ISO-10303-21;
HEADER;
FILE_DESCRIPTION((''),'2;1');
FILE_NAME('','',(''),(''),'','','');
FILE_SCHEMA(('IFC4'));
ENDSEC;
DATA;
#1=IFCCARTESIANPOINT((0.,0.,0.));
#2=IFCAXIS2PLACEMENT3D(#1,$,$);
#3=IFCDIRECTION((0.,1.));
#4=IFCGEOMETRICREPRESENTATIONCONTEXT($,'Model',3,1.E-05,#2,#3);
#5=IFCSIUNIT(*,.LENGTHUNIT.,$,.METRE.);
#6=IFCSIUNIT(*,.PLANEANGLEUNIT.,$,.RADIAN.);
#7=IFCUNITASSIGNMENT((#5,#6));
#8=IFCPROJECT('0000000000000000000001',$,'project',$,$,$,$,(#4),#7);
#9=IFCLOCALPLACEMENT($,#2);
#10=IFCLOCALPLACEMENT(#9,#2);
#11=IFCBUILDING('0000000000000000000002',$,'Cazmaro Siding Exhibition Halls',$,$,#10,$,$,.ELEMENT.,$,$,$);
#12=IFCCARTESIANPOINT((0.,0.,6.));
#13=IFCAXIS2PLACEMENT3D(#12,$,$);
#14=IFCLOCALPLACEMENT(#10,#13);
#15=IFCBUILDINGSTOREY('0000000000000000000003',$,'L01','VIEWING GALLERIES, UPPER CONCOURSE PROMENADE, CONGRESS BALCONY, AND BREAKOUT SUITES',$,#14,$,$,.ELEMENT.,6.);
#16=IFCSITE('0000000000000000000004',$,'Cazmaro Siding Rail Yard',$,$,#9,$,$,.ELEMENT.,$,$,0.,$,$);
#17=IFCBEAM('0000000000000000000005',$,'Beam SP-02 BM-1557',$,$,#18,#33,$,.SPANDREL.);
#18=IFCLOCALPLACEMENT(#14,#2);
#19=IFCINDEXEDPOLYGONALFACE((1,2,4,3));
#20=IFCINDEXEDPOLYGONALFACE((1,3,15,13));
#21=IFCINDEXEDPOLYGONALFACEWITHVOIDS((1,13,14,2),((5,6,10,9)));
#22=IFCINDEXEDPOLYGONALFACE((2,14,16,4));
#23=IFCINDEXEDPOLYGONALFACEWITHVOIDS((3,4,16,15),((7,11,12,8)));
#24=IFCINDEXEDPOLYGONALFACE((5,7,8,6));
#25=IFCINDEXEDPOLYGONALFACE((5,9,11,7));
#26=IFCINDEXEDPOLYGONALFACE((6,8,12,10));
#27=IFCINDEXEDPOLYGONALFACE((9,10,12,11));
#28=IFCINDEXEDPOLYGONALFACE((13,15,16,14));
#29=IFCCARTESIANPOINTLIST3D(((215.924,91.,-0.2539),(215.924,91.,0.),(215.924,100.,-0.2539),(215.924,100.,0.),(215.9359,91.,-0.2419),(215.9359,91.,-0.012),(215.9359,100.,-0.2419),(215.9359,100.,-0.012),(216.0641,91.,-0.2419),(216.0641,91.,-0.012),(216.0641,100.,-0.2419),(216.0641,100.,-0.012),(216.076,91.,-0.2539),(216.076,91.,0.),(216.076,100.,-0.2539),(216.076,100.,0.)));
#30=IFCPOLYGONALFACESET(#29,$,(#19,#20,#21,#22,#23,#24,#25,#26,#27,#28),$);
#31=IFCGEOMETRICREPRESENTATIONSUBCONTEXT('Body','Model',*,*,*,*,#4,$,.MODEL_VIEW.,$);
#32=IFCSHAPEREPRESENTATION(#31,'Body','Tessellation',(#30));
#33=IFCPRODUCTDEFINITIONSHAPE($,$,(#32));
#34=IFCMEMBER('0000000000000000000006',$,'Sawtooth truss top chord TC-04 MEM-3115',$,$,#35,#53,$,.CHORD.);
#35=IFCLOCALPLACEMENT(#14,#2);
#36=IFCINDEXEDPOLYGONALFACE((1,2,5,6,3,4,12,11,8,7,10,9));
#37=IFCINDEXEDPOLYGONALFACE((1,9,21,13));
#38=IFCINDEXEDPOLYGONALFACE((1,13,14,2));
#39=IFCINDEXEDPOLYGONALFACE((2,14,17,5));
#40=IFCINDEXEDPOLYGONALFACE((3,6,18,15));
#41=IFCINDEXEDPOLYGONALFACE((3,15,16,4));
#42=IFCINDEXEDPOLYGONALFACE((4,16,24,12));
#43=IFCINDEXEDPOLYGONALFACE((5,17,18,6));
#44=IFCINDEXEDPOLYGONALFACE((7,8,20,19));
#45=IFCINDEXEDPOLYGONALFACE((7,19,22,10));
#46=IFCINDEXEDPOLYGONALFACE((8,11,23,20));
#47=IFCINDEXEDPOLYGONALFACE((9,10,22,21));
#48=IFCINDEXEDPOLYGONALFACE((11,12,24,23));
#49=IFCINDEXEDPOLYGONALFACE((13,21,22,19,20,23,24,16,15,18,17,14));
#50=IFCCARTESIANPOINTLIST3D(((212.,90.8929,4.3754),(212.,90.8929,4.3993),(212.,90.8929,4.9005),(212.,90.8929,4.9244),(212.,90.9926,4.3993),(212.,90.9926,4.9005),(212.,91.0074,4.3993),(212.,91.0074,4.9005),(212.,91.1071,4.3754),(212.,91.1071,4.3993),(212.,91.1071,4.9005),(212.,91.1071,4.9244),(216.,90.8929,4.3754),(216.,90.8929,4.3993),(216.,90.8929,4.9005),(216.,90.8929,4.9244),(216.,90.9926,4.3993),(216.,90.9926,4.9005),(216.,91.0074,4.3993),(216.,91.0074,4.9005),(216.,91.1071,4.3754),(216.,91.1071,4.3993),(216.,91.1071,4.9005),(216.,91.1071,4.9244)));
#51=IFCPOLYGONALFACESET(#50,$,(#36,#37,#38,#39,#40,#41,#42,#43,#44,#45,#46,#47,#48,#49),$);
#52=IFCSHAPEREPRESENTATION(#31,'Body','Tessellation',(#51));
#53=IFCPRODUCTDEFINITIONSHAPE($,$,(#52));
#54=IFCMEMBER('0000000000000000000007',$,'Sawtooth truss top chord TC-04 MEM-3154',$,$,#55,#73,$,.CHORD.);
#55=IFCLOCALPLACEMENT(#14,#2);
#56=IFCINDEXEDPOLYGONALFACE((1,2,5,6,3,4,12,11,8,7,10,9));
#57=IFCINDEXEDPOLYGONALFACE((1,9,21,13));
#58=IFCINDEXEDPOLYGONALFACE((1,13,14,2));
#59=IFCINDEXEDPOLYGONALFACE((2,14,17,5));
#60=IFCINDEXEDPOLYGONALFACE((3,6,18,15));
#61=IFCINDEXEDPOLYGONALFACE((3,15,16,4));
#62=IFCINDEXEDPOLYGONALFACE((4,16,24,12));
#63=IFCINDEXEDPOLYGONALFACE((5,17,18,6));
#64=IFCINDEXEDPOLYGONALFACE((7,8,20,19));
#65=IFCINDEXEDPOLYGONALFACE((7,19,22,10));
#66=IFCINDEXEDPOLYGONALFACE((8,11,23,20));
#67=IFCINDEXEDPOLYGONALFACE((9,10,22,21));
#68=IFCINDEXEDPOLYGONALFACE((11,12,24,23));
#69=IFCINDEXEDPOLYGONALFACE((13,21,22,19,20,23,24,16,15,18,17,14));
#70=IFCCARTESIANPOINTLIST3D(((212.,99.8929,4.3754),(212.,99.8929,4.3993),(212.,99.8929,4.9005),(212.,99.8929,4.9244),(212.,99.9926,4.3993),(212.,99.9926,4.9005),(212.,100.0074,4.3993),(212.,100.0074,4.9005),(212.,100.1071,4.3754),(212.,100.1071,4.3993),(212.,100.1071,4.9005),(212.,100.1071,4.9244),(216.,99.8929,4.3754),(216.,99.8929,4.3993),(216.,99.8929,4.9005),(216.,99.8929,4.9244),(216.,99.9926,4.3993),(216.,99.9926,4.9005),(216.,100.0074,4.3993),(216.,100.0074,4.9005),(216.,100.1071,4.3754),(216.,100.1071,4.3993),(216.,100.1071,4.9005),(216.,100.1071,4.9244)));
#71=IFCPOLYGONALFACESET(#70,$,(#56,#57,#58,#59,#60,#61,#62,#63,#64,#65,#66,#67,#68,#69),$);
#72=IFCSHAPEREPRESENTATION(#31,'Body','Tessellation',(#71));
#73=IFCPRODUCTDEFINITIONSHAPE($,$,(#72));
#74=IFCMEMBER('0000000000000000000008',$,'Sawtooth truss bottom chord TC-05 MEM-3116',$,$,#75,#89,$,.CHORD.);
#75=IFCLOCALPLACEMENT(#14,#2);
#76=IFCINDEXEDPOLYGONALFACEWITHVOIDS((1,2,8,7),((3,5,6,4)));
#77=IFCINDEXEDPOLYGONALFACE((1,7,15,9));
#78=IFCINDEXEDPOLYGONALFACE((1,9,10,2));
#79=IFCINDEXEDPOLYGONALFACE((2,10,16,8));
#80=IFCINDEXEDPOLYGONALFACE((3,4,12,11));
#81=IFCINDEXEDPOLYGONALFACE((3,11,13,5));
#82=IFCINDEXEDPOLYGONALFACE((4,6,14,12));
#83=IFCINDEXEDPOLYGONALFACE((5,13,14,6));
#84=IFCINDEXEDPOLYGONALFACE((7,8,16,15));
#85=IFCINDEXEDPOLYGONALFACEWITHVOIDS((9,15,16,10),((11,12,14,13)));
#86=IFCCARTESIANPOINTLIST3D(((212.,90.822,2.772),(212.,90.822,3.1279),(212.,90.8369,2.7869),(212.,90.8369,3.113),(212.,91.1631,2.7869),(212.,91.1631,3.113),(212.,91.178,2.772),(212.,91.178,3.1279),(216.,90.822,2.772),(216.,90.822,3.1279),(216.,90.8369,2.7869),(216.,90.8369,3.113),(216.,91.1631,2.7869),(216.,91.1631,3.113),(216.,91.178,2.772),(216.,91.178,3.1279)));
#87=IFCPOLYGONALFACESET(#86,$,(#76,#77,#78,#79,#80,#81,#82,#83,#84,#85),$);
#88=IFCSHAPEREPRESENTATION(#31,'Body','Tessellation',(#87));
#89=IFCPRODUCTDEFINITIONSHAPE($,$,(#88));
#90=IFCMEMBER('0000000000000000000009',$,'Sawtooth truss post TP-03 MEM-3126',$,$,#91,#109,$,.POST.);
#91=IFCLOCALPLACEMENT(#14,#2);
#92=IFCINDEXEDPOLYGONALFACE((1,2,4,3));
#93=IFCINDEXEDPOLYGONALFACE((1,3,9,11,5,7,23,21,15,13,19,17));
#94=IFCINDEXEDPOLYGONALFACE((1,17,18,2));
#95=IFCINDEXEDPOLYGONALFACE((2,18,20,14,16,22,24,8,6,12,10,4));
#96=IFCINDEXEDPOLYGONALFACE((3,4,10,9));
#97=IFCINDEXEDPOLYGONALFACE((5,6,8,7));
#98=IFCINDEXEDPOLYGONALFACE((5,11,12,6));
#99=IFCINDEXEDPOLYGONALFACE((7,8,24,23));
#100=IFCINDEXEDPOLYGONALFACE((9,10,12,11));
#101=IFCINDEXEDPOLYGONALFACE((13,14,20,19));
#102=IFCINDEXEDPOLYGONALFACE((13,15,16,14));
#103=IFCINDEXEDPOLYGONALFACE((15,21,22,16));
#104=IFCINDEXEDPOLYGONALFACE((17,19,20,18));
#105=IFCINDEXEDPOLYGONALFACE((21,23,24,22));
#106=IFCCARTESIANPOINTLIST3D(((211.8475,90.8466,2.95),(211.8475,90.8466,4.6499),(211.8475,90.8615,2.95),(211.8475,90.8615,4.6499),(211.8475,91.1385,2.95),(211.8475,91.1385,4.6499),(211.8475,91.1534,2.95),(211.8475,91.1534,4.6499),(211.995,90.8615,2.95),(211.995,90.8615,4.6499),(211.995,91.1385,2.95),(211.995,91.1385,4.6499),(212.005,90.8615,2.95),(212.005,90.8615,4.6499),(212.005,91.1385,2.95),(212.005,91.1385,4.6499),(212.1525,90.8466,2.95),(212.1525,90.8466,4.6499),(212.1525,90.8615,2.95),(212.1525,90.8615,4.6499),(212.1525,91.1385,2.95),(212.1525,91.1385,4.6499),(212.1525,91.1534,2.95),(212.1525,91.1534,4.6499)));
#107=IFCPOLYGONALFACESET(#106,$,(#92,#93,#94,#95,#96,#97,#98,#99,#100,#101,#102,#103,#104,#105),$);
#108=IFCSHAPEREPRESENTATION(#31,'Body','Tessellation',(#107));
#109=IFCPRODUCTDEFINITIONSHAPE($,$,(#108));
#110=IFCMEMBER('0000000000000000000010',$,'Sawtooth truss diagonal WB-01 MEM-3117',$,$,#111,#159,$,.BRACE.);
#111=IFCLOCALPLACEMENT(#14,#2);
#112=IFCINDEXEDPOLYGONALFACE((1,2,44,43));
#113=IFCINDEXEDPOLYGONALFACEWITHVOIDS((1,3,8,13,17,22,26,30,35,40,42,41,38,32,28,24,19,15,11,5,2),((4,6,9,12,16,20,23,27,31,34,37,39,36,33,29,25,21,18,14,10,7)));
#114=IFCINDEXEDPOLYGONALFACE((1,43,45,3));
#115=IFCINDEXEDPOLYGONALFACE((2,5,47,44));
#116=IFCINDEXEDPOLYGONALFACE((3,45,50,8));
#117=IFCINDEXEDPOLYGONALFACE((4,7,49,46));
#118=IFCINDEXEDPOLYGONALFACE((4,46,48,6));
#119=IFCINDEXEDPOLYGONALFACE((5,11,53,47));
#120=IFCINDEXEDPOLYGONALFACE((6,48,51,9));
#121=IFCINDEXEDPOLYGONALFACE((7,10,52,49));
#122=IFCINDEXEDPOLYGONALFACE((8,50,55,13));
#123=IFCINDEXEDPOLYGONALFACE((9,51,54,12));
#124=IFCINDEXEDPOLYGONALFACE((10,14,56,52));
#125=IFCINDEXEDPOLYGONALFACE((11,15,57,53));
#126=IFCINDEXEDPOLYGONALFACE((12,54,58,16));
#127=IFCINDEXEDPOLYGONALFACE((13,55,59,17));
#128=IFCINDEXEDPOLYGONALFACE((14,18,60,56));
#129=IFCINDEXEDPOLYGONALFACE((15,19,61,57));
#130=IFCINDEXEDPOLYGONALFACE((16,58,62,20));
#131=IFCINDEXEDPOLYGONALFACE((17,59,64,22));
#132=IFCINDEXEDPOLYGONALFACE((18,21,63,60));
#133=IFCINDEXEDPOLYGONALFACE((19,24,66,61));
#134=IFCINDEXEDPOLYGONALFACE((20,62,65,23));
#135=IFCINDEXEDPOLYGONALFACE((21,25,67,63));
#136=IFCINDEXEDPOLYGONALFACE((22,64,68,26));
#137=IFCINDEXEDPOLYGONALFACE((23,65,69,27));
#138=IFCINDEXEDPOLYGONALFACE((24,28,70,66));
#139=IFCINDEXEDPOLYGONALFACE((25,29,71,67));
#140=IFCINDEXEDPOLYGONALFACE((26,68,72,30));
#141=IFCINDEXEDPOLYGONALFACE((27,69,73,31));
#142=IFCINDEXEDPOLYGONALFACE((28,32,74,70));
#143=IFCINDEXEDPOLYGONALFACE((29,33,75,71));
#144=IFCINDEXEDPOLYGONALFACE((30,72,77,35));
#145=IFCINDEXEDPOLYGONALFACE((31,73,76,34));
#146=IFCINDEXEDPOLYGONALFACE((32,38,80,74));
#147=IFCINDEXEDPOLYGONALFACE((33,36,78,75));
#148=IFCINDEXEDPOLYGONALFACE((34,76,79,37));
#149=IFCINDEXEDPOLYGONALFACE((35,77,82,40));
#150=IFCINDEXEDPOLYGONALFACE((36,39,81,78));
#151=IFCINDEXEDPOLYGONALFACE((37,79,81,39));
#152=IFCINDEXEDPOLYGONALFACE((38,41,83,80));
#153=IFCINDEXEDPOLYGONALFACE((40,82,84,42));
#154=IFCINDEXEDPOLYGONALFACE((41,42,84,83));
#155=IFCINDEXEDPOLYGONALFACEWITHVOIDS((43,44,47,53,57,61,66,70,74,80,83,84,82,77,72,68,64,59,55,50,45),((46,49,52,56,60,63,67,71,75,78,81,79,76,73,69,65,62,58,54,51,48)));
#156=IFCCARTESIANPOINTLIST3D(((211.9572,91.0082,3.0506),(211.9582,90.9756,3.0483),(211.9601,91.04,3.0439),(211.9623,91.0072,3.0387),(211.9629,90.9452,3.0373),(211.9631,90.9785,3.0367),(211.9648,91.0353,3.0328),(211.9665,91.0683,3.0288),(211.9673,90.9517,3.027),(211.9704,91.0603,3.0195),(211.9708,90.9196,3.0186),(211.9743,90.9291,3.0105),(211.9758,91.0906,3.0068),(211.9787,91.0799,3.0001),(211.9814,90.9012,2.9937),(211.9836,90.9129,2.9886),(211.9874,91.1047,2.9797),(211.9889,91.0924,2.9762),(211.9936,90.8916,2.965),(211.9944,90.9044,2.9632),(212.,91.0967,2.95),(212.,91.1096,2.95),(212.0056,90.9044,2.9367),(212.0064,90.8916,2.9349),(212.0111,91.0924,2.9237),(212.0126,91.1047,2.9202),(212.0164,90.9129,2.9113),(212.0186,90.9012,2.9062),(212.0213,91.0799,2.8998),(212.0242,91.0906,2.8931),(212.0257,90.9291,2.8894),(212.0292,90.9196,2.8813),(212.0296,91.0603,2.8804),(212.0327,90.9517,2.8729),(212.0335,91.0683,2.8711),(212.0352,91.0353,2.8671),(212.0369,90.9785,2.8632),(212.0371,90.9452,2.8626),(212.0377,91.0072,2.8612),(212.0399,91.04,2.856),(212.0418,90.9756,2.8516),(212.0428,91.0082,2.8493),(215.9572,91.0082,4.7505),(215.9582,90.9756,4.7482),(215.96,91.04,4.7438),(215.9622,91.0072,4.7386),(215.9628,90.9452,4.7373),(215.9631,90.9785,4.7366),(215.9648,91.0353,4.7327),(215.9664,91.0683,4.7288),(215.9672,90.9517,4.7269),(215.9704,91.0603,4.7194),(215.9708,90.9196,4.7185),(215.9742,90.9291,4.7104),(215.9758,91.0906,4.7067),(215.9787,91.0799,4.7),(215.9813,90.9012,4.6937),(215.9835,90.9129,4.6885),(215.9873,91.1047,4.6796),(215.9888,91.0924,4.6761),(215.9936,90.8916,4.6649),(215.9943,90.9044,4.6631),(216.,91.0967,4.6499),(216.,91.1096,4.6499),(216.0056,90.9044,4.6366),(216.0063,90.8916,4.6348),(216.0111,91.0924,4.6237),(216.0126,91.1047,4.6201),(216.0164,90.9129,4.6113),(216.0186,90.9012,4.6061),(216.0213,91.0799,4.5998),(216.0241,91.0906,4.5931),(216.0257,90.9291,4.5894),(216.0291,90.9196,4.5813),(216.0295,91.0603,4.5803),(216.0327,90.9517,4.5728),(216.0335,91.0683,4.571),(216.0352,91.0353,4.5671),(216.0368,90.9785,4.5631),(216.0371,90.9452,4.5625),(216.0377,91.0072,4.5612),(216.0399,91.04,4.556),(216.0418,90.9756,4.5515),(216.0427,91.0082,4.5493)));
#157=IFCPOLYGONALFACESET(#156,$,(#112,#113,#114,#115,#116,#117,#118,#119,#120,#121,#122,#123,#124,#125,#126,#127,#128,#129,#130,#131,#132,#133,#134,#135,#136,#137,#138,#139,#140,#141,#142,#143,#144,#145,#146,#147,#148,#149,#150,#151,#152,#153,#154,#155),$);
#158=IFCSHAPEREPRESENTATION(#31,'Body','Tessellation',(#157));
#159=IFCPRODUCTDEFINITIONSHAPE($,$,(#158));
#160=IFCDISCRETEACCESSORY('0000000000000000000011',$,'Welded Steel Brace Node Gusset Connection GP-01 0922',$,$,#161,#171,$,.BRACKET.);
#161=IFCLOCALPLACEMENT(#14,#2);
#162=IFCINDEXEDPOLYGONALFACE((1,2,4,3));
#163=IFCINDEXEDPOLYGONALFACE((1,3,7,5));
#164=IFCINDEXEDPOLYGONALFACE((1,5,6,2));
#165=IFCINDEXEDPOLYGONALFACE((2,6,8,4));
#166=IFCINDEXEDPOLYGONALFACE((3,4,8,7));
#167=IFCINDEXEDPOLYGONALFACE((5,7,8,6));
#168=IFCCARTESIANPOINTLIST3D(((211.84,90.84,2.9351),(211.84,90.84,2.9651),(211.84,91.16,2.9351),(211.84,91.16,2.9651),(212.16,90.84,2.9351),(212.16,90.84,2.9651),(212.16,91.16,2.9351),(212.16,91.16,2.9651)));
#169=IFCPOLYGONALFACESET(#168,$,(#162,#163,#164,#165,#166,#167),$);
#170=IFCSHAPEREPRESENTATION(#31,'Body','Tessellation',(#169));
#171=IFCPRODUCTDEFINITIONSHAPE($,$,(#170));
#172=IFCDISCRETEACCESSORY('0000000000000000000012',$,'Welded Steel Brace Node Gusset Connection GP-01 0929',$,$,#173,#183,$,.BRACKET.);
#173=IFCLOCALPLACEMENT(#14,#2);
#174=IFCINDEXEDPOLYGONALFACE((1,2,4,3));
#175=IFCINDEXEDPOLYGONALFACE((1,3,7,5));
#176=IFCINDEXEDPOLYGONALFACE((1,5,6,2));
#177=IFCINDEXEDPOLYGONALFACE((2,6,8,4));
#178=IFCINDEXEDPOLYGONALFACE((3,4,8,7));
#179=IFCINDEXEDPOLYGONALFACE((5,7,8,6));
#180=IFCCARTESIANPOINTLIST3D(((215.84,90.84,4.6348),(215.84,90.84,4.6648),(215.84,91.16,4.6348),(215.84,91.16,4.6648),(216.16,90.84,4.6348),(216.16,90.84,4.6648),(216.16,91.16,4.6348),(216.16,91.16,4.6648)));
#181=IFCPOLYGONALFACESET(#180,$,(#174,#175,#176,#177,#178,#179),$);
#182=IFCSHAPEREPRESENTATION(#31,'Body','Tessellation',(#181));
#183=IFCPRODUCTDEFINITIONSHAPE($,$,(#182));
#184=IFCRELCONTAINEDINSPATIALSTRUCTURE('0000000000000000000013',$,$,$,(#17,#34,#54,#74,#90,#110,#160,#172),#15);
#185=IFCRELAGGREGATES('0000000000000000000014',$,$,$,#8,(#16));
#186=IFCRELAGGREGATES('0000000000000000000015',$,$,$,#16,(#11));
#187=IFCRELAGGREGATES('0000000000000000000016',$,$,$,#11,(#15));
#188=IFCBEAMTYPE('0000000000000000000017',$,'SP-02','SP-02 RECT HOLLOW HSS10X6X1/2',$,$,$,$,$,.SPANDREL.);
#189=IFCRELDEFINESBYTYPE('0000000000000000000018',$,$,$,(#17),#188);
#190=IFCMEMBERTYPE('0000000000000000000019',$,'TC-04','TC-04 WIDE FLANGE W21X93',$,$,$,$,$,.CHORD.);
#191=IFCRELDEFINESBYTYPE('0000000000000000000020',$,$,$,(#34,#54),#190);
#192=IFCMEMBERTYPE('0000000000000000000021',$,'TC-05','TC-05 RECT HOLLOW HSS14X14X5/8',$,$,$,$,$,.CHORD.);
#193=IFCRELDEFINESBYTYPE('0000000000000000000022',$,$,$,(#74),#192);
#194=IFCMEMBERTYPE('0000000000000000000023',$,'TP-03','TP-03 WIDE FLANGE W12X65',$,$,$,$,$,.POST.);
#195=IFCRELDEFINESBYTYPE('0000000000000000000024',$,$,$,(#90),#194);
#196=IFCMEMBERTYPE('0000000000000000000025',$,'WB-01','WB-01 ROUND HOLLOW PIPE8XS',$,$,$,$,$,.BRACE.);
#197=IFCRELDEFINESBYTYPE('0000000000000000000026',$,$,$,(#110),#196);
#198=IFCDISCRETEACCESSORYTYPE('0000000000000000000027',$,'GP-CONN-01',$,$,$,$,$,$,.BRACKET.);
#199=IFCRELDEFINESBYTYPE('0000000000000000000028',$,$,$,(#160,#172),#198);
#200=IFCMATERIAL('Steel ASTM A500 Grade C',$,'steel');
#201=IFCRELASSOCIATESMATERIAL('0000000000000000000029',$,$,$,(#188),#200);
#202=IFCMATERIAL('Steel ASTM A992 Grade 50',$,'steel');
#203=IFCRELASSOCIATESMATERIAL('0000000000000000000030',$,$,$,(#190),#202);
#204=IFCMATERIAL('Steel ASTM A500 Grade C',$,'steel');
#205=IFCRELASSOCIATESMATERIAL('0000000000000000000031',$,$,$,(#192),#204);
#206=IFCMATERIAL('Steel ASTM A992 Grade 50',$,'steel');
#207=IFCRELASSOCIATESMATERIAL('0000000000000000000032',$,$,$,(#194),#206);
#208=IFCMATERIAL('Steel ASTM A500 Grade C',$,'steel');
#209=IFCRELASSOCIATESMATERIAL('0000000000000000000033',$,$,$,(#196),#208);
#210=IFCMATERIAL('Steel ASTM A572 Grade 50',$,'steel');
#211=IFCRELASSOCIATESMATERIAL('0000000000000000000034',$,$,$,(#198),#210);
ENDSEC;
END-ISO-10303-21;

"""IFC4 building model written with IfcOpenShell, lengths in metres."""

from ifc_helpers import new_model, si_unit, direction, frame, origin, origin_2d, place, context, subcontext, project, spatial, rectangle, hollow_rectangle, hollow_circle, i_section, extrude, material, material_profile, profile_set, type_object, element, save


model = new_model("IFC4")

# Units and contexts
model_context = context("Model", 3, precision=1e-05, world=origin(), true_north=direction((0.0, 1.0)))
body_context = subcontext(model_context, "Body", "Model", "MODEL_VIEW")
ifc_project = project(units=[si_unit("LENGTHUNIT", "METRE"), si_unit("PLANEANGLEUNIT", "RADIAN")], contexts=[model_context])

# Site, building, storey
site_placement = place(None, origin())
site = spatial("IfcSite", under=ifc_project, at=site_placement, Name="Cazmaro Siding Rail Yard", CompositionType="ELEMENT", RefElevation=0.0)
building_placement = place(site_placement, origin())
building = spatial("IfcBuilding", under=site, at=building_placement, Name="Cazmaro Siding Exhibition Halls", CompositionType="ELEMENT")
storey_placement = place(building_placement, frame((0.0, 0.0, 6.0)))
storey = spatial("IfcBuildingStorey", under=building, at=storey_placement, Name="L01", Description="VIEWING GALLERIES, UPPER CONCOURSE PROMENADE, CONGRESS BALCONY, AND BREAKOUT SUITES", CompositionType="ELEMENT", Elevation=6.0)

# Beam
ifc_material_1 = material(Name="Steel ASTM A500 Grade C", Category="steel")
ifc_material_profile_1 = material_profile(ifc_material_1, hollow_rectangle(XDim=0.1521, YDim=0.2539, WallThickness=0.012, at=origin_2d()), Name="HSS10X6X1/2")
ifc_profile_set_1 = profile_set([ifc_material_profile_1], Name="Steel ASTM A500 Grade C")
beam_type_1 = type_object("IfcBeamType", Name="SP-02", Description="SP-02 RECT HOLLOW HSS10X6X1/2", PredefinedType="SPANDREL", material=ifc_profile_set_1)
beam_1_placement = place(storey_placement, frame((216.0, 91.0, -0.127), z_axis=(0.0, 1.0, 0.0), x_axis=(-1.0, 0.0, 0.0)))
element("IfcBeam", 1, at=beam_1_placement, inside=storey, type_object=beam_type_1, Name="Beam SP-02 BM-1557", PredefinedType="SPANDREL", context=body_context, shape_type="SweptSolid", body=[
    extrude(hollow_rectangle(XDim=0.1521, YDim=0.2539, WallThickness=0.012, at=origin_2d()), origin(), (0.0, 0.0, 1.0), 9.0),
])

# Members
ifc_material_2 = material(Name="Steel ASTM A992 Grade 50", Category="steel")
ifc_material_profile_2 = material_profile(ifc_material_2, i_section(OverallWidth=0.2141, OverallDepth=0.5491, WebThickness=0.0149, FlangeThickness=0.0239, at=origin_2d()), Name="W21X93")
ifc_profile_set_2 = profile_set([ifc_material_profile_2], Name="Steel ASTM A992 Grade 50")
member_type_1 = type_object("IfcMemberType", Name="TC-04", Description="TC-04 WIDE FLANGE W21X93", PredefinedType="CHORD", material=ifc_profile_set_2)
for number, where, z_axis, x_axis, name in (
    (2, (212.0, 91.0, 4.6499), (1.0, 0.0, 0.0), (0.0, 1.0, 0.0), "Sawtooth truss top chord TC-04 MEM-3115"),
    (3, (212.0, 100.0, 4.6499), (1.0, 0.0, 0.0), (0.0, 1.0, 0.0), "Sawtooth truss top chord TC-04 MEM-3154"),
):
    element("IfcMember", number, at=place(storey_placement, frame(where, z_axis=z_axis, x_axis=x_axis)), inside=storey, type_object=member_type_1, Name=name, PredefinedType="CHORD", context=body_context, shape_type="SweptSolid", body=[
        extrude(i_section(OverallWidth=0.2141, OverallDepth=0.5491, WebThickness=0.0149, FlangeThickness=0.0239, at=origin_2d()), origin(), (0.0, 0.0, 1.0), 4.0),
    ])
ifc_material_3 = material(Name="Steel ASTM A500 Grade C", Category="steel")
ifc_material_profile_3 = material_profile(ifc_material_3, hollow_rectangle(XDim=0.356, YDim=0.356, WallThickness=0.0149, at=origin_2d()), Name="HSS14X14X5/8")
ifc_profile_set_3 = profile_set([ifc_material_profile_3], Name="Steel ASTM A500 Grade C")
member_type_2 = type_object("IfcMemberType", Name="TC-05", Description="TC-05 RECT HOLLOW HSS14X14X5/8", PredefinedType="CHORD", material=ifc_profile_set_3)
member_1_placement = place(storey_placement, frame((212.0, 91.0, 2.95), z_axis=(1.0, 0.0, 0.0), x_axis=(0.0, 1.0, 0.0)))
element("IfcMember", 4, at=member_1_placement, inside=storey, type_object=member_type_2, Name="Sawtooth truss bottom chord TC-05 MEM-3116", PredefinedType="CHORD", context=body_context, shape_type="SweptSolid", body=[
    extrude(hollow_rectangle(XDim=0.356, YDim=0.356, WallThickness=0.0149, at=origin_2d()), origin(), (0.0, 0.0, 1.0), 4.0),
])
ifc_material_4 = material(Name="Steel ASTM A992 Grade 50", Category="steel")
ifc_material_profile_4 = material_profile(ifc_material_4, i_section(OverallWidth=0.3049, OverallDepth=0.3069, WebThickness=0.01, FlangeThickness=0.0149, at=origin_2d()), Name="W12X65")
ifc_profile_set_4 = profile_set([ifc_material_profile_4], Name="Steel ASTM A992 Grade 50")
member_type_3 = type_object("IfcMemberType", Name="TP-03", Description="TP-03 WIDE FLANGE W12X65", PredefinedType="POST", material=ifc_profile_set_4)
member_2_placement = place(storey_placement, frame((212.0, 91.0, 2.95), z_axis=(0.0, 0.0, 1.0), x_axis=(1.0, 0.0, 0.0)))
element("IfcMember", 5, at=member_2_placement, inside=storey, type_object=member_type_3, Name="Sawtooth truss post TP-03 MEM-3126", PredefinedType="POST", context=body_context, shape_type="SweptSolid", body=[
    extrude(i_section(OverallWidth=0.3049, OverallDepth=0.3069, WebThickness=0.01, FlangeThickness=0.0149, at=origin_2d()), origin(), (0.0, 0.0, 1.0), 1.7),
])
ifc_material_5 = material(Name="Steel ASTM A500 Grade C", Category="steel")
ifc_material_profile_5 = material_profile(ifc_material_5, hollow_circle(Radius=0.1096, WallThickness=0.0129, at=origin_2d()), Name="PIPE8XS")
ifc_profile_set_5 = profile_set([ifc_material_profile_5], Name="Steel ASTM A500 Grade C")
member_type_4 = type_object("IfcMemberType", Name="WB-01", Description="WB-01 ROUND HOLLOW PIPE8XS", PredefinedType="BRACE", material=ifc_profile_set_5)
member_3_placement = place(storey_placement, frame((212.0, 91.0, 2.95), z_axis=(0.920335, 0.0, 0.391131), x_axis=(0.0, 1.0, 0.0)))
element("IfcMember", 6, at=member_3_placement, inside=storey, type_object=member_type_4, Name="Sawtooth truss diagonal WB-01 MEM-3117", PredefinedType="BRACE", context=body_context, shape_type="SweptSolid", body=[
    extrude(hollow_circle(Radius=0.1096, WallThickness=0.0129, at=origin_2d()), origin(), (0.0, 0.0, 1.0), 4.3462),
])

# Discrete accessories
ifc_material_6 = material(Name="Steel ASTM A572 Grade 50", Category="steel")
discrete_accessory_type = type_object("IfcDiscreteAccessoryType", Name="GP-CONN-01", PredefinedType="BRACKET", material=ifc_material_6)
for number, where, z_axis, x_axis, name in (
    (7, (212.0, 91.0, 2.9351), (0.0, 0.0, 1.0), (1.0, 0.0, 0.0), "Welded Steel Brace Node Gusset Connection GP-01 0922"),
    (8, (216.0, 91.0, 4.6348), (0.0, 0.0, 1.0), (1.0, 0.0, 0.0), "Welded Steel Brace Node Gusset Connection GP-01 0929"),
):
    element("IfcDiscreteAccessory", number, at=place(storey_placement, frame(where, z_axis=z_axis, x_axis=x_axis)), inside=storey, type_object=discrete_accessory_type, Name=name, PredefinedType="BRACKET", context=body_context, shape_type="SweptSolid", body=[
        extrude(rectangle(XDim=0.3201, YDim=0.3201, at=origin_2d()), origin(), (0.0, 0.0, 1.0), 0.03),
    ])

save(model, "model.ifc")
